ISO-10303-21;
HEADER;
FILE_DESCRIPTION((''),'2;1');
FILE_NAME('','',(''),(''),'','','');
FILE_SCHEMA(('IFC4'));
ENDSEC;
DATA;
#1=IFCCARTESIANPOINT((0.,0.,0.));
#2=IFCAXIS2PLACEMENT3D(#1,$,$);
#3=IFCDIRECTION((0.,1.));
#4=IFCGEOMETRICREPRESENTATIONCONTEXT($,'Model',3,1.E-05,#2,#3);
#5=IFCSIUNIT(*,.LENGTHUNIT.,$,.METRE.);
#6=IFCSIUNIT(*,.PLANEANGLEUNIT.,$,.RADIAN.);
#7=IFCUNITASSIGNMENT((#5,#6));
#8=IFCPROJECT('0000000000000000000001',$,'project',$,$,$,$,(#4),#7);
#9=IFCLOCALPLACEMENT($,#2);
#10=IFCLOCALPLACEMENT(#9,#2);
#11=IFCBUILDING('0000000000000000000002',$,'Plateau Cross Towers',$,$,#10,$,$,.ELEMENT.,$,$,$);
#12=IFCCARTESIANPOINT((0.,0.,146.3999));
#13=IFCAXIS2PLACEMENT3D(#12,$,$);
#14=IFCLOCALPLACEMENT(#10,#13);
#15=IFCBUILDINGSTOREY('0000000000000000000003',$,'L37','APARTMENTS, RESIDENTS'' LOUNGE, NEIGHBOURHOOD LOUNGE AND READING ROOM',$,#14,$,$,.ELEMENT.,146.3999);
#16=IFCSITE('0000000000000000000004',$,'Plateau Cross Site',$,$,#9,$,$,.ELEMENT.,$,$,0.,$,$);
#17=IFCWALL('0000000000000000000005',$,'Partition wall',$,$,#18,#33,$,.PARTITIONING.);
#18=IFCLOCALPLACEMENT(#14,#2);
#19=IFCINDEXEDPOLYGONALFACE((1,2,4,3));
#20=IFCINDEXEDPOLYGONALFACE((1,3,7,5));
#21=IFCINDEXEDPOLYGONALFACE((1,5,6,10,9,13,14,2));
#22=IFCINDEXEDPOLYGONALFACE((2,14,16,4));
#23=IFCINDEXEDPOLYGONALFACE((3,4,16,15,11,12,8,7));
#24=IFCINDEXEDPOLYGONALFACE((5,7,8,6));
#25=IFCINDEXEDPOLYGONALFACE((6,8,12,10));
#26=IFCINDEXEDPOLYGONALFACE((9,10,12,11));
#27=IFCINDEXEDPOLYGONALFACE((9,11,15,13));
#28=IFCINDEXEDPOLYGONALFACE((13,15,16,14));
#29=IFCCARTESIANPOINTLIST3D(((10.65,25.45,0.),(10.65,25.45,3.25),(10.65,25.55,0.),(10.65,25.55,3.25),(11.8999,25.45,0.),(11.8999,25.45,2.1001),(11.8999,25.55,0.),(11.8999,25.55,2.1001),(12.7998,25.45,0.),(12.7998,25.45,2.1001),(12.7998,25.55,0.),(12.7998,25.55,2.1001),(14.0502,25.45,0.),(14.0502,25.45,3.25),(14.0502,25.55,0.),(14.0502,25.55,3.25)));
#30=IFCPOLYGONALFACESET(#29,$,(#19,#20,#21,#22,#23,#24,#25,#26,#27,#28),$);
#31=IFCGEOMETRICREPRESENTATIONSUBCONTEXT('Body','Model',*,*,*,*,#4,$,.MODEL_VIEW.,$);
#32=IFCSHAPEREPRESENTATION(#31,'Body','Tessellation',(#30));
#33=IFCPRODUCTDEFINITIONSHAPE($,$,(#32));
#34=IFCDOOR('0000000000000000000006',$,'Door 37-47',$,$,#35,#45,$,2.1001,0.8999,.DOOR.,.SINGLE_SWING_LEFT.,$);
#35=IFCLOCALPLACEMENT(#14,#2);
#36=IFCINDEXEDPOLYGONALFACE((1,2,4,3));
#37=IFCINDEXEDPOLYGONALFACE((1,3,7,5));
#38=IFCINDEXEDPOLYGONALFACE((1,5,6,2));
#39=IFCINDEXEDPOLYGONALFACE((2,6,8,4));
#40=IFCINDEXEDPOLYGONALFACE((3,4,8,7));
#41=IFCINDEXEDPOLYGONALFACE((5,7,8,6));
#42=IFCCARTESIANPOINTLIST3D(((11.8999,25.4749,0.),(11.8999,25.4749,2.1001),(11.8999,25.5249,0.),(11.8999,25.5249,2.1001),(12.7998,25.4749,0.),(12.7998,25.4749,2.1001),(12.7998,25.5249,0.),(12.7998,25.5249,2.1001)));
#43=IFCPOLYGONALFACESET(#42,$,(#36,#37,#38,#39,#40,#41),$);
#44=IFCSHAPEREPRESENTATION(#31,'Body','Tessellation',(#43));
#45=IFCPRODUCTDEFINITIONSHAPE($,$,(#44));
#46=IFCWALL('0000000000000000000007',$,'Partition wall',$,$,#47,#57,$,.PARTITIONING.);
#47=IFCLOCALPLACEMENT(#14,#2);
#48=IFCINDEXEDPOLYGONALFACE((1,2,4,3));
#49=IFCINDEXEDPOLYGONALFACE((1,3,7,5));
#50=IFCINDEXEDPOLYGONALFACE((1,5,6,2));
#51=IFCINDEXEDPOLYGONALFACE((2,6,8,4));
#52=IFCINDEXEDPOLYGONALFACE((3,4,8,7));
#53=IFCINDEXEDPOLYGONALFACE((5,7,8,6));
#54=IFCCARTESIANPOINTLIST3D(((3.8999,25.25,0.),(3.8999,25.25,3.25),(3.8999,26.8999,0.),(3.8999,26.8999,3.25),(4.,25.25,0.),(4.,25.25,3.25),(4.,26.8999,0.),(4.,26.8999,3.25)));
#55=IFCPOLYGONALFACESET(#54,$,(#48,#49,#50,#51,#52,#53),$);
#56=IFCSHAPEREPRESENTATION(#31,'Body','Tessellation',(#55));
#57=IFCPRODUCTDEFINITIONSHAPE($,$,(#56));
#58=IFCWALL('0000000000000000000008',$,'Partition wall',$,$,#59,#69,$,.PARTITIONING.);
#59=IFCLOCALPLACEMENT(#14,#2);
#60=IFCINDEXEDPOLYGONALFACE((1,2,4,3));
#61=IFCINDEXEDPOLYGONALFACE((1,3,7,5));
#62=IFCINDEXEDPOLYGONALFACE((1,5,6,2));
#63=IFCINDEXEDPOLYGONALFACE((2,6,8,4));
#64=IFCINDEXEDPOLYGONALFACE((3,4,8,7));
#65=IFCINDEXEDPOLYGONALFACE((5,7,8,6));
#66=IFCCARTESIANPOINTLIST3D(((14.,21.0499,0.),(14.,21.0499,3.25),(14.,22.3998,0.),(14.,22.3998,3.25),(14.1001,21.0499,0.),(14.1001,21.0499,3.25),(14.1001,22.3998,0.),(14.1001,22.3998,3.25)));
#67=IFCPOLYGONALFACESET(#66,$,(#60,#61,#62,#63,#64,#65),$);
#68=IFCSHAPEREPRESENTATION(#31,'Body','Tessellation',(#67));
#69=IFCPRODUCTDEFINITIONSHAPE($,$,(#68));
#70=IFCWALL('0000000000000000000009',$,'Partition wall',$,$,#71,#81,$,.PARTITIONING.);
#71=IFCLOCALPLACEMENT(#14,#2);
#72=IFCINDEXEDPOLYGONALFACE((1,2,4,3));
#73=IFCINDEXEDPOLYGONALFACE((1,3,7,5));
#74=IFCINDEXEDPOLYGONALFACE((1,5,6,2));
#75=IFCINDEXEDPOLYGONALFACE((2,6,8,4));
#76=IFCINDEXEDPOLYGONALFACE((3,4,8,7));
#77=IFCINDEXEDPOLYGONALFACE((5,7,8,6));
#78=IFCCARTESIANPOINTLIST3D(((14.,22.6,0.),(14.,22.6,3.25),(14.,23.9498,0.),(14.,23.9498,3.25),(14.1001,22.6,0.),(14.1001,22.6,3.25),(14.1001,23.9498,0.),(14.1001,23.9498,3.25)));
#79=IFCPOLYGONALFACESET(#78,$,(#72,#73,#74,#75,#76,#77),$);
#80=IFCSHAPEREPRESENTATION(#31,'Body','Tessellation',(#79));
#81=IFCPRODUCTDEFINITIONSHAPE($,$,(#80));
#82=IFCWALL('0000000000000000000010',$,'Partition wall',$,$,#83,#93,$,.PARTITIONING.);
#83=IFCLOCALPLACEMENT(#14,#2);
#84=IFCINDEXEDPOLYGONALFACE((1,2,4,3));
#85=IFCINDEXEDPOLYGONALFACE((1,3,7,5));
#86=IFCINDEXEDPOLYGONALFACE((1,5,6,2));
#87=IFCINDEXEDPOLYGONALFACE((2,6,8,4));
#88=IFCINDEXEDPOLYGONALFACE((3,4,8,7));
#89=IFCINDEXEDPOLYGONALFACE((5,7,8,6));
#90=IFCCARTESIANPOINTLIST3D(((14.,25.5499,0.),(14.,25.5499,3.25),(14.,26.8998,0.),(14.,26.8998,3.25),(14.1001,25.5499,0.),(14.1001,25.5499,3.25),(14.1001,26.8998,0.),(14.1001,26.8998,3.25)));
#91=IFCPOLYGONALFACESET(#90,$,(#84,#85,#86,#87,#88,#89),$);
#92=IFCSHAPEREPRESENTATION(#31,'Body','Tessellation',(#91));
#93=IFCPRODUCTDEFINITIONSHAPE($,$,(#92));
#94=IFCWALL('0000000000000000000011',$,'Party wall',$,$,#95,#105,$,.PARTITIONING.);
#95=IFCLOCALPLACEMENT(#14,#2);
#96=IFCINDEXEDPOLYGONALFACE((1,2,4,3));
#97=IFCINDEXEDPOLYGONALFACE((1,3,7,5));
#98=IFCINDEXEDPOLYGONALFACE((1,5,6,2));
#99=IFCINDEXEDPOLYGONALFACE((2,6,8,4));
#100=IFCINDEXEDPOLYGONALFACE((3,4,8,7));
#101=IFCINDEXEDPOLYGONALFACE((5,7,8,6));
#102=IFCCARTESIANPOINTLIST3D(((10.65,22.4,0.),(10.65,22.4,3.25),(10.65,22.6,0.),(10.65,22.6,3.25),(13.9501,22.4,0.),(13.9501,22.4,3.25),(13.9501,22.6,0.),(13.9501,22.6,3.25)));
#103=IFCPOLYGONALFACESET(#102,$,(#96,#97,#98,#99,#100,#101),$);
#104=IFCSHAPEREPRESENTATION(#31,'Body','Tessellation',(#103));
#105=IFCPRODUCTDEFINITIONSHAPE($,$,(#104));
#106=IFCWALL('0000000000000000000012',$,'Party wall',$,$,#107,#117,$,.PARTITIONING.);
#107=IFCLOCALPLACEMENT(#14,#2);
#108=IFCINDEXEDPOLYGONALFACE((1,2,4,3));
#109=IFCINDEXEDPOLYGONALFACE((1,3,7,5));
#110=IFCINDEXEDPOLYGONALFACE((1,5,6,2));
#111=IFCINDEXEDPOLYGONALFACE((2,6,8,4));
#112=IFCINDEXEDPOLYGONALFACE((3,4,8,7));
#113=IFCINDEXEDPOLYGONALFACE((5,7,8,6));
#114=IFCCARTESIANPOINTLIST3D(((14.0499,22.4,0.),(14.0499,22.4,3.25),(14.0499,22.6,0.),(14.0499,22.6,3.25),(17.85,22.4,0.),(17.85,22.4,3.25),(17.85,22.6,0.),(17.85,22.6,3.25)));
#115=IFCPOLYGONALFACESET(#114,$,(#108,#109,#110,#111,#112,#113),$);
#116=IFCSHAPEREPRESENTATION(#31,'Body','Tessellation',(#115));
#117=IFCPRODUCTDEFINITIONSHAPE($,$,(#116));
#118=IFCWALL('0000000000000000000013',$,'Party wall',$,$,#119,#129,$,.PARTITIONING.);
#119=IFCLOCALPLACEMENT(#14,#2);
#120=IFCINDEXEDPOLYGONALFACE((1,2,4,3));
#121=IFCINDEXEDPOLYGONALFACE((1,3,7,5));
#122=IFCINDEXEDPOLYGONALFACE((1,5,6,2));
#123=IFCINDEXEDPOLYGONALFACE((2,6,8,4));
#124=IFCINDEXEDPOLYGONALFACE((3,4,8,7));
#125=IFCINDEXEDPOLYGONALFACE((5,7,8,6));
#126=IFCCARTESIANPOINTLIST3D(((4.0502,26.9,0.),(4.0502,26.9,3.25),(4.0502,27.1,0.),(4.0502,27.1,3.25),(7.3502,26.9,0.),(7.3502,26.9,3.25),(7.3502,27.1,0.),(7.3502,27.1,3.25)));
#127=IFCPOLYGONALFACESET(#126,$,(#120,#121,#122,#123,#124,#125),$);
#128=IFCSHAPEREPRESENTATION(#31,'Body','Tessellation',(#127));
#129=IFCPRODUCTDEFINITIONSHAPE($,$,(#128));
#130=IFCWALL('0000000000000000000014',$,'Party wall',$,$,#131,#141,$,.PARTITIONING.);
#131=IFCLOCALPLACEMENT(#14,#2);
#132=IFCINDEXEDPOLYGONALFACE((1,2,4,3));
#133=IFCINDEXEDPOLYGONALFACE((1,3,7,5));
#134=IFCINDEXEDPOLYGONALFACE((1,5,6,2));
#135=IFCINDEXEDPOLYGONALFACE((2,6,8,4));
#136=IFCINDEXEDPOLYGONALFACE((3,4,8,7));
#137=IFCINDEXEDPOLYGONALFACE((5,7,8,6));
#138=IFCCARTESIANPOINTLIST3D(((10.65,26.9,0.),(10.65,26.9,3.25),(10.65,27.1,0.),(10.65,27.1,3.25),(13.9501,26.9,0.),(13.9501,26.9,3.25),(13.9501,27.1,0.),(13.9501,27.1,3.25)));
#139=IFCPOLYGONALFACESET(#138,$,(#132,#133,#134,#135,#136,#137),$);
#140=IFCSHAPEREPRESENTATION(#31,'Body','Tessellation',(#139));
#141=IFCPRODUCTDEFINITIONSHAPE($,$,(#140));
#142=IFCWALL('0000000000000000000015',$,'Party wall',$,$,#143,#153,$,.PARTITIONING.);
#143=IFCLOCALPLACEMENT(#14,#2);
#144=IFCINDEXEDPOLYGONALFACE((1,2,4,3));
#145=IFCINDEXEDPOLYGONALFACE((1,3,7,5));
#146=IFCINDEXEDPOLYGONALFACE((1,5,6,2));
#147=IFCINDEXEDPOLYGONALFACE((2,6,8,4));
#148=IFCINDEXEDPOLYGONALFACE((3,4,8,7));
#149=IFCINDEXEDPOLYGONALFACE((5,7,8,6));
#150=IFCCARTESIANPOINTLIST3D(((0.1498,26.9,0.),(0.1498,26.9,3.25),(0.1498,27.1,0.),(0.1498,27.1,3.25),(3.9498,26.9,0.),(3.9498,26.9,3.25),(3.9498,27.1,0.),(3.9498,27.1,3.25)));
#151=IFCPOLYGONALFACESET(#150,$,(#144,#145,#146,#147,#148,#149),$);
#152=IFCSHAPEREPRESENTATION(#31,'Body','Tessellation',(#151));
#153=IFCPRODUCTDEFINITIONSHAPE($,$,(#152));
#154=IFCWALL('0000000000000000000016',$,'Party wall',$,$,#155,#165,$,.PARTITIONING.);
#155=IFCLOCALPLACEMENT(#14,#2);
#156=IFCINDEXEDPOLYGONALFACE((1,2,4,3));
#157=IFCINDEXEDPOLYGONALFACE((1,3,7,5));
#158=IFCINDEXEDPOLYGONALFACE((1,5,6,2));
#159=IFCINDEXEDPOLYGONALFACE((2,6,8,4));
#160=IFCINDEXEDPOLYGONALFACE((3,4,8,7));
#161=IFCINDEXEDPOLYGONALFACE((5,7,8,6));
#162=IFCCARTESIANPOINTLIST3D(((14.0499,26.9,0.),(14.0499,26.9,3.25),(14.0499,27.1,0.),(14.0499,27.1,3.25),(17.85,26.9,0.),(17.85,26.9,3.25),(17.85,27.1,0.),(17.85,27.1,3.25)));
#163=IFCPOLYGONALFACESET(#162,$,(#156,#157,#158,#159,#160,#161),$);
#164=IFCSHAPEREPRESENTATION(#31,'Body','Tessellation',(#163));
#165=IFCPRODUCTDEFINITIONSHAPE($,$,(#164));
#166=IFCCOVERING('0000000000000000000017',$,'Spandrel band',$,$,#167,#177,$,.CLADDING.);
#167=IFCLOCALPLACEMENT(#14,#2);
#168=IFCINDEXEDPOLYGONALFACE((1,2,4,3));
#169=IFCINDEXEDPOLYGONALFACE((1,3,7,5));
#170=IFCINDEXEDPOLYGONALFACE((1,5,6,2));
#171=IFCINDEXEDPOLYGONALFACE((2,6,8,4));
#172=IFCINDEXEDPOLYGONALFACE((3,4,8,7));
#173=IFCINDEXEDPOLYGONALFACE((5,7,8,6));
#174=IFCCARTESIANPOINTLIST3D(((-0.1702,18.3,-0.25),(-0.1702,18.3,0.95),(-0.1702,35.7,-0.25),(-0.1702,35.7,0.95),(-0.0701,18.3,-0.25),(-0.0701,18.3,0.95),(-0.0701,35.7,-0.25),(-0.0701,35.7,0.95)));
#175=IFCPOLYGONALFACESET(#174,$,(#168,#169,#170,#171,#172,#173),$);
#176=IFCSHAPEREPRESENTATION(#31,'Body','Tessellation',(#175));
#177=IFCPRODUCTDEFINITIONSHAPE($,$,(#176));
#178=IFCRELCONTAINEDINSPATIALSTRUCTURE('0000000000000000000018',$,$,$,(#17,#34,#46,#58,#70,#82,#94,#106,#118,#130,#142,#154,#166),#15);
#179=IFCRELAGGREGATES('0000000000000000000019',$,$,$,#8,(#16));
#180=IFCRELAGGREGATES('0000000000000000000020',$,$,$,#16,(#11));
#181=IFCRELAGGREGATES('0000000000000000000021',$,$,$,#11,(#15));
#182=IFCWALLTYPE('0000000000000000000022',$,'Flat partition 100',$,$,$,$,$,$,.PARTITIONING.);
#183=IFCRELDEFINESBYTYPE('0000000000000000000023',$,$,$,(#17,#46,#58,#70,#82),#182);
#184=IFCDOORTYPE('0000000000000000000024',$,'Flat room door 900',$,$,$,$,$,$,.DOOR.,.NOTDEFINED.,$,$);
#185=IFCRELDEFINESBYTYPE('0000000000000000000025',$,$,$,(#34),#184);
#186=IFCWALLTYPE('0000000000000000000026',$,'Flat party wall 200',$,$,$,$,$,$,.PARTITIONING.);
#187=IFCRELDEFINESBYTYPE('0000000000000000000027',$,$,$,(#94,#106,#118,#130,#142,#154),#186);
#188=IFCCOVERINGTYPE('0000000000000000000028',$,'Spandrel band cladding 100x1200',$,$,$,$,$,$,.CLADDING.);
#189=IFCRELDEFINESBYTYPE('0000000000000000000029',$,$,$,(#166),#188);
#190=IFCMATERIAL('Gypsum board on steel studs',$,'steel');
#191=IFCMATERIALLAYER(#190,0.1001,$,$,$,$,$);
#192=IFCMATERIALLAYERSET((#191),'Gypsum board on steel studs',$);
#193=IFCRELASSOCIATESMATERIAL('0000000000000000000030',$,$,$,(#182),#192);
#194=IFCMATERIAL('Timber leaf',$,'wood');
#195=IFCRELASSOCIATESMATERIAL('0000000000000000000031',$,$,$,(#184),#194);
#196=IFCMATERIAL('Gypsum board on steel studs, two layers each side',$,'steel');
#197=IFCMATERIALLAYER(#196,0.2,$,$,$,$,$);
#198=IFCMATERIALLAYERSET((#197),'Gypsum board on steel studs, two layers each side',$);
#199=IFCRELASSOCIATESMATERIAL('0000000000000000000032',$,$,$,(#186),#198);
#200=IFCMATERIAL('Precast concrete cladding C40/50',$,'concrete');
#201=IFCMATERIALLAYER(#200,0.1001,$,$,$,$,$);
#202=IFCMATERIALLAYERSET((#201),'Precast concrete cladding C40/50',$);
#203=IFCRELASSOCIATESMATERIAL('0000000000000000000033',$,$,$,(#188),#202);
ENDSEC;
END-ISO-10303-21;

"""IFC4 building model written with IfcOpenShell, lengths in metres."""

from ifc_helpers import new_model, si_unit, direction, frame, frame_2d, origin, origin_2d, place, context, subcontext, project, spatial, rectangle, extrude, material, layer, layer_set, type_object, element, fill, save


model = new_model("IFC4")

# Units and contexts
model_context = context("Model", 3, precision=1e-05, world=origin(), true_north=direction((0.0, 1.0)))
body_context = subcontext(model_context, "Body", "Model", "MODEL_VIEW")
ifc_project = project(units=[si_unit("LENGTHUNIT", "METRE"), si_unit("PLANEANGLEUNIT", "RADIAN")], contexts=[model_context])

# Site, building, storey
site_placement = place(None, origin())
site = spatial("IfcSite", under=ifc_project, at=site_placement, Name="Plateau Cross Site", CompositionType="ELEMENT", RefElevation=0.0)
building_placement = place(site_placement, origin())
building = spatial("IfcBuilding", under=site, at=building_placement, Name="Plateau Cross Towers", CompositionType="ELEMENT")
storey_placement = place(building_placement, frame((0.0, 0.0, 146.3999)))
storey = spatial("IfcBuildingStorey", under=building, at=storey_placement, Name="L37", Description="APARTMENTS, RESIDENTS' LOUNGE, NEIGHBOURHOOD LOUNGE AND READING ROOM", CompositionType="ELEMENT", Elevation=146.3999)

# Wall, opening, door
ifc_material_1 = material(Name="Gypsum board on steel studs", Category="steel")
ifc_layer_1 = layer(ifc_material_1, 0.1001)
ifc_layer_set_1 = layer_set([ifc_layer_1], Name="Gypsum board on steel studs")
wall_type_1 = type_object("IfcWallType", Name="Flat partition 100", PredefinedType="PARTITIONING", material=ifc_layer_set_1)
ifc_material_2 = material(Name="Timber leaf", Category="wood")
door_type_1 = type_object("IfcDoorType", Name="Flat room door 900", OperationType="NOTDEFINED", PredefinedType="DOOR", material=ifc_material_2)
wall_1_placement = place(storey_placement, frame((10.6499, 25.5, 0.0), z_axis=(0.0, 0.0, 1.0), x_axis=(1.0, 0.0, 0.0)))
wall_1 = element("IfcWall", 1, at=wall_1_placement, inside=storey, type_object=wall_type_1, Name="Partition wall", PredefinedType="PARTITIONING", context=body_context, shape_type="SweptSolid", body=[
    extrude(rectangle(XDim=3.4001, YDim=0.1001, at=frame_2d((1.7002, 0.0))), origin(), (0.0, 0.0, 1.0), 3.25),
])
opening_1_placement = place(wall_1_placement, frame((1.25, 0.0, 0.0)))
opening_1 = element("IfcOpeningElement", 2, at=opening_1_placement, cuts=wall_1, PredefinedType="OPENING", context=body_context, shape_type="SweptSolid", body=[
    extrude(rectangle(XDim=0.8999, YDim=2.1001, at=frame_2d((0.45, 1.05))), frame((0.0, 0.0601, 0.0), z_axis=(0.0, -1.0, 0.0), x_axis=(1.0, 0.0, 0.0)), (0.0, 0.0, 1.0), 0.1201),
])
door_1_placement = place(opening_1_placement, origin())
door_1 = element("IfcDoor", 3, at=door_1_placement, inside=storey, type_object=door_type_1, Name="Door 37-47", OperationType="SINGLE_SWING_LEFT", OverallHeight=2.1001, OverallWidth=0.8999, PredefinedType="DOOR", context=body_context, shape_type="SweptSolid", body=[
    extrude(rectangle(XDim=0.8999, YDim=2.1001, at=frame_2d((0.45, 1.05))), frame((0.0, 0.0249, 0.0), z_axis=(0.0, -1.0, 0.0), x_axis=(1.0, 0.0, 0.0)), (0.0, 0.0, 1.0), 0.05),
])
fill(opening_1, door_1)

# Walls
wall_2_placement = place(storey_placement, frame((3.95, 26.8999, 0.0), z_axis=(0.0, 0.0, 1.0), x_axis=(0.0, -1.0, 0.0)))
element("IfcWall", 4, at=wall_2_placement, inside=storey, type_object=wall_type_1, Name="Partition wall", PredefinedType="PARTITIONING", context=body_context, shape_type="SweptSolid", body=[
    extrude(rectangle(XDim=1.6499, YDim=0.1001, at=frame_2d((0.825, 0.0))), origin(), (0.0, 0.0, 1.0), 3.25),
])
for number, where, z_axis, x_axis, name in (
    (5, (14.05, 21.05, 0.0), (0.0, 0.0, 1.0), (0.0, 1.0, 0.0), "Partition wall"),
    (6, (14.05, 22.6001, 0.0), (0.0, 0.0, 1.0), (0.0, 1.0, 0.0), "Partition wall"),
    (7, (14.05, 25.55, 0.0), (0.0, 0.0, 1.0), (0.0, 1.0, 0.0), "Partition wall"),
):
    element("IfcWall", number, at=place(storey_placement, frame(where, z_axis=z_axis, x_axis=x_axis)), inside=storey, type_object=wall_type_1, Name=name, PredefinedType="PARTITIONING", context=body_context, shape_type="SweptSolid", body=[
        extrude(rectangle(XDim=1.3499, YDim=0.1001, at=frame_2d((0.6748, 0.0))), origin(), (0.0, 0.0, 1.0), 3.25),
    ])
ifc_material_3 = material(Name="Gypsum board on steel studs, two layers each side", Category="steel")
ifc_layer_2 = layer(ifc_material_3, 0.2)
ifc_layer_set_2 = layer_set([ifc_layer_2], Name="Gypsum board on steel studs, two layers each side")
wall_type_2 = type_object("IfcWallType", Name="Flat party wall 200", PredefinedType="PARTITIONING", material=ifc_layer_set_2)
wall_3_placement = place(storey_placement, frame((13.95, 22.5, 0.0), z_axis=(0.0, 0.0, 1.0), x_axis=(-1.0, 0.0, 0.0)))
element("IfcWall", 8, at=wall_3_placement, inside=storey, type_object=wall_type_2, Name="Party wall", PredefinedType="PARTITIONING", context=body_context, shape_type="SweptSolid", body=[
    extrude(rectangle(XDim=3.3, YDim=0.2, at=frame_2d((1.6499, 0.0))), origin(), (0.0, 0.0, 1.0), 3.25),
])
wall_4_placement = place(storey_placement, frame((14.05, 22.5, 0.0), z_axis=(0.0, 0.0, 1.0), x_axis=(1.0, 0.0, 0.0)))
element("IfcWall", 9, at=wall_4_placement, inside=storey, type_object=wall_type_2, Name="Party wall", PredefinedType="PARTITIONING", context=body_context, shape_type="SweptSolid", body=[
    extrude(rectangle(XDim=3.8, YDim=0.2, at=frame_2d((1.8999, 0.0))), origin(), (0.0, 0.0, 1.0), 3.25),
])
for number, where, z_axis, x_axis, name in (
    (10, (7.3501, 27.0, 0.0), (0.0, 0.0, 1.0), (-1.0, 0.0, 0.0), "Party wall"),
    (11, (13.95, 27.0, 0.0), (0.0, 0.0, 1.0), (-1.0, 0.0, 0.0), "Party wall"),
):
    element("IfcWall", number, at=place(storey_placement, frame(where, z_axis=z_axis, x_axis=x_axis)), inside=storey, type_object=wall_type_2, Name=name, PredefinedType="PARTITIONING", context=body_context, shape_type="SweptSolid", body=[
        extrude(rectangle(XDim=3.3, YDim=0.2, at=frame_2d((1.6499, 0.0))), origin(), (0.0, 0.0, 1.0), 3.25),
    ])
for number, where, z_axis, x_axis, name in (
    (12, (0.1499, 27.0, 0.0), (0.0, 0.0, 1.0), (1.0, 0.0, 0.0), "Party wall"),
    (13, (14.05, 27.0, 0.0), (0.0, 0.0, 1.0), (1.0, 0.0, 0.0), "Party wall"),
):
    element("IfcWall", number, at=place(storey_placement, frame(where, z_axis=z_axis, x_axis=x_axis)), inside=storey, type_object=wall_type_2, Name=name, PredefinedType="PARTITIONING", context=body_context, shape_type="SweptSolid", body=[
        extrude(rectangle(XDim=3.8, YDim=0.2, at=frame_2d((1.8999, 0.0))), origin(), (0.0, 0.0, 1.0), 3.25),
    ])

# Covering
ifc_material_4 = material(Name="Precast concrete cladding C40/50", Category="concrete")
ifc_layer_3 = layer(ifc_material_4, 0.1001)
ifc_layer_set_3 = layer_set([ifc_layer_3], Name="Precast concrete cladding C40/50")
covering_type = type_object("IfcCoveringType", Name="Spandrel band cladding 100x1200", PredefinedType="CLADDING", material=ifc_layer_set_3)
covering_placement = place(storey_placement, frame((-0.1201, 27.0, -0.25), z_axis=(0.0, 0.0, 1.0), x_axis=(0.0, -1.0, 0.0)))
element("IfcCovering", 14, at=covering_placement, inside=storey, type_object=covering_type, Name="Spandrel band", PredefinedType="CLADDING", context=body_context, shape_type="SweptSolid", body=[
    extrude(rectangle(XDim=17.3999, YDim=0.1001, at=origin_2d()), origin(), (0.0, 0.0, 1.0), 1.2),
])

save(model, "model.ifc")
